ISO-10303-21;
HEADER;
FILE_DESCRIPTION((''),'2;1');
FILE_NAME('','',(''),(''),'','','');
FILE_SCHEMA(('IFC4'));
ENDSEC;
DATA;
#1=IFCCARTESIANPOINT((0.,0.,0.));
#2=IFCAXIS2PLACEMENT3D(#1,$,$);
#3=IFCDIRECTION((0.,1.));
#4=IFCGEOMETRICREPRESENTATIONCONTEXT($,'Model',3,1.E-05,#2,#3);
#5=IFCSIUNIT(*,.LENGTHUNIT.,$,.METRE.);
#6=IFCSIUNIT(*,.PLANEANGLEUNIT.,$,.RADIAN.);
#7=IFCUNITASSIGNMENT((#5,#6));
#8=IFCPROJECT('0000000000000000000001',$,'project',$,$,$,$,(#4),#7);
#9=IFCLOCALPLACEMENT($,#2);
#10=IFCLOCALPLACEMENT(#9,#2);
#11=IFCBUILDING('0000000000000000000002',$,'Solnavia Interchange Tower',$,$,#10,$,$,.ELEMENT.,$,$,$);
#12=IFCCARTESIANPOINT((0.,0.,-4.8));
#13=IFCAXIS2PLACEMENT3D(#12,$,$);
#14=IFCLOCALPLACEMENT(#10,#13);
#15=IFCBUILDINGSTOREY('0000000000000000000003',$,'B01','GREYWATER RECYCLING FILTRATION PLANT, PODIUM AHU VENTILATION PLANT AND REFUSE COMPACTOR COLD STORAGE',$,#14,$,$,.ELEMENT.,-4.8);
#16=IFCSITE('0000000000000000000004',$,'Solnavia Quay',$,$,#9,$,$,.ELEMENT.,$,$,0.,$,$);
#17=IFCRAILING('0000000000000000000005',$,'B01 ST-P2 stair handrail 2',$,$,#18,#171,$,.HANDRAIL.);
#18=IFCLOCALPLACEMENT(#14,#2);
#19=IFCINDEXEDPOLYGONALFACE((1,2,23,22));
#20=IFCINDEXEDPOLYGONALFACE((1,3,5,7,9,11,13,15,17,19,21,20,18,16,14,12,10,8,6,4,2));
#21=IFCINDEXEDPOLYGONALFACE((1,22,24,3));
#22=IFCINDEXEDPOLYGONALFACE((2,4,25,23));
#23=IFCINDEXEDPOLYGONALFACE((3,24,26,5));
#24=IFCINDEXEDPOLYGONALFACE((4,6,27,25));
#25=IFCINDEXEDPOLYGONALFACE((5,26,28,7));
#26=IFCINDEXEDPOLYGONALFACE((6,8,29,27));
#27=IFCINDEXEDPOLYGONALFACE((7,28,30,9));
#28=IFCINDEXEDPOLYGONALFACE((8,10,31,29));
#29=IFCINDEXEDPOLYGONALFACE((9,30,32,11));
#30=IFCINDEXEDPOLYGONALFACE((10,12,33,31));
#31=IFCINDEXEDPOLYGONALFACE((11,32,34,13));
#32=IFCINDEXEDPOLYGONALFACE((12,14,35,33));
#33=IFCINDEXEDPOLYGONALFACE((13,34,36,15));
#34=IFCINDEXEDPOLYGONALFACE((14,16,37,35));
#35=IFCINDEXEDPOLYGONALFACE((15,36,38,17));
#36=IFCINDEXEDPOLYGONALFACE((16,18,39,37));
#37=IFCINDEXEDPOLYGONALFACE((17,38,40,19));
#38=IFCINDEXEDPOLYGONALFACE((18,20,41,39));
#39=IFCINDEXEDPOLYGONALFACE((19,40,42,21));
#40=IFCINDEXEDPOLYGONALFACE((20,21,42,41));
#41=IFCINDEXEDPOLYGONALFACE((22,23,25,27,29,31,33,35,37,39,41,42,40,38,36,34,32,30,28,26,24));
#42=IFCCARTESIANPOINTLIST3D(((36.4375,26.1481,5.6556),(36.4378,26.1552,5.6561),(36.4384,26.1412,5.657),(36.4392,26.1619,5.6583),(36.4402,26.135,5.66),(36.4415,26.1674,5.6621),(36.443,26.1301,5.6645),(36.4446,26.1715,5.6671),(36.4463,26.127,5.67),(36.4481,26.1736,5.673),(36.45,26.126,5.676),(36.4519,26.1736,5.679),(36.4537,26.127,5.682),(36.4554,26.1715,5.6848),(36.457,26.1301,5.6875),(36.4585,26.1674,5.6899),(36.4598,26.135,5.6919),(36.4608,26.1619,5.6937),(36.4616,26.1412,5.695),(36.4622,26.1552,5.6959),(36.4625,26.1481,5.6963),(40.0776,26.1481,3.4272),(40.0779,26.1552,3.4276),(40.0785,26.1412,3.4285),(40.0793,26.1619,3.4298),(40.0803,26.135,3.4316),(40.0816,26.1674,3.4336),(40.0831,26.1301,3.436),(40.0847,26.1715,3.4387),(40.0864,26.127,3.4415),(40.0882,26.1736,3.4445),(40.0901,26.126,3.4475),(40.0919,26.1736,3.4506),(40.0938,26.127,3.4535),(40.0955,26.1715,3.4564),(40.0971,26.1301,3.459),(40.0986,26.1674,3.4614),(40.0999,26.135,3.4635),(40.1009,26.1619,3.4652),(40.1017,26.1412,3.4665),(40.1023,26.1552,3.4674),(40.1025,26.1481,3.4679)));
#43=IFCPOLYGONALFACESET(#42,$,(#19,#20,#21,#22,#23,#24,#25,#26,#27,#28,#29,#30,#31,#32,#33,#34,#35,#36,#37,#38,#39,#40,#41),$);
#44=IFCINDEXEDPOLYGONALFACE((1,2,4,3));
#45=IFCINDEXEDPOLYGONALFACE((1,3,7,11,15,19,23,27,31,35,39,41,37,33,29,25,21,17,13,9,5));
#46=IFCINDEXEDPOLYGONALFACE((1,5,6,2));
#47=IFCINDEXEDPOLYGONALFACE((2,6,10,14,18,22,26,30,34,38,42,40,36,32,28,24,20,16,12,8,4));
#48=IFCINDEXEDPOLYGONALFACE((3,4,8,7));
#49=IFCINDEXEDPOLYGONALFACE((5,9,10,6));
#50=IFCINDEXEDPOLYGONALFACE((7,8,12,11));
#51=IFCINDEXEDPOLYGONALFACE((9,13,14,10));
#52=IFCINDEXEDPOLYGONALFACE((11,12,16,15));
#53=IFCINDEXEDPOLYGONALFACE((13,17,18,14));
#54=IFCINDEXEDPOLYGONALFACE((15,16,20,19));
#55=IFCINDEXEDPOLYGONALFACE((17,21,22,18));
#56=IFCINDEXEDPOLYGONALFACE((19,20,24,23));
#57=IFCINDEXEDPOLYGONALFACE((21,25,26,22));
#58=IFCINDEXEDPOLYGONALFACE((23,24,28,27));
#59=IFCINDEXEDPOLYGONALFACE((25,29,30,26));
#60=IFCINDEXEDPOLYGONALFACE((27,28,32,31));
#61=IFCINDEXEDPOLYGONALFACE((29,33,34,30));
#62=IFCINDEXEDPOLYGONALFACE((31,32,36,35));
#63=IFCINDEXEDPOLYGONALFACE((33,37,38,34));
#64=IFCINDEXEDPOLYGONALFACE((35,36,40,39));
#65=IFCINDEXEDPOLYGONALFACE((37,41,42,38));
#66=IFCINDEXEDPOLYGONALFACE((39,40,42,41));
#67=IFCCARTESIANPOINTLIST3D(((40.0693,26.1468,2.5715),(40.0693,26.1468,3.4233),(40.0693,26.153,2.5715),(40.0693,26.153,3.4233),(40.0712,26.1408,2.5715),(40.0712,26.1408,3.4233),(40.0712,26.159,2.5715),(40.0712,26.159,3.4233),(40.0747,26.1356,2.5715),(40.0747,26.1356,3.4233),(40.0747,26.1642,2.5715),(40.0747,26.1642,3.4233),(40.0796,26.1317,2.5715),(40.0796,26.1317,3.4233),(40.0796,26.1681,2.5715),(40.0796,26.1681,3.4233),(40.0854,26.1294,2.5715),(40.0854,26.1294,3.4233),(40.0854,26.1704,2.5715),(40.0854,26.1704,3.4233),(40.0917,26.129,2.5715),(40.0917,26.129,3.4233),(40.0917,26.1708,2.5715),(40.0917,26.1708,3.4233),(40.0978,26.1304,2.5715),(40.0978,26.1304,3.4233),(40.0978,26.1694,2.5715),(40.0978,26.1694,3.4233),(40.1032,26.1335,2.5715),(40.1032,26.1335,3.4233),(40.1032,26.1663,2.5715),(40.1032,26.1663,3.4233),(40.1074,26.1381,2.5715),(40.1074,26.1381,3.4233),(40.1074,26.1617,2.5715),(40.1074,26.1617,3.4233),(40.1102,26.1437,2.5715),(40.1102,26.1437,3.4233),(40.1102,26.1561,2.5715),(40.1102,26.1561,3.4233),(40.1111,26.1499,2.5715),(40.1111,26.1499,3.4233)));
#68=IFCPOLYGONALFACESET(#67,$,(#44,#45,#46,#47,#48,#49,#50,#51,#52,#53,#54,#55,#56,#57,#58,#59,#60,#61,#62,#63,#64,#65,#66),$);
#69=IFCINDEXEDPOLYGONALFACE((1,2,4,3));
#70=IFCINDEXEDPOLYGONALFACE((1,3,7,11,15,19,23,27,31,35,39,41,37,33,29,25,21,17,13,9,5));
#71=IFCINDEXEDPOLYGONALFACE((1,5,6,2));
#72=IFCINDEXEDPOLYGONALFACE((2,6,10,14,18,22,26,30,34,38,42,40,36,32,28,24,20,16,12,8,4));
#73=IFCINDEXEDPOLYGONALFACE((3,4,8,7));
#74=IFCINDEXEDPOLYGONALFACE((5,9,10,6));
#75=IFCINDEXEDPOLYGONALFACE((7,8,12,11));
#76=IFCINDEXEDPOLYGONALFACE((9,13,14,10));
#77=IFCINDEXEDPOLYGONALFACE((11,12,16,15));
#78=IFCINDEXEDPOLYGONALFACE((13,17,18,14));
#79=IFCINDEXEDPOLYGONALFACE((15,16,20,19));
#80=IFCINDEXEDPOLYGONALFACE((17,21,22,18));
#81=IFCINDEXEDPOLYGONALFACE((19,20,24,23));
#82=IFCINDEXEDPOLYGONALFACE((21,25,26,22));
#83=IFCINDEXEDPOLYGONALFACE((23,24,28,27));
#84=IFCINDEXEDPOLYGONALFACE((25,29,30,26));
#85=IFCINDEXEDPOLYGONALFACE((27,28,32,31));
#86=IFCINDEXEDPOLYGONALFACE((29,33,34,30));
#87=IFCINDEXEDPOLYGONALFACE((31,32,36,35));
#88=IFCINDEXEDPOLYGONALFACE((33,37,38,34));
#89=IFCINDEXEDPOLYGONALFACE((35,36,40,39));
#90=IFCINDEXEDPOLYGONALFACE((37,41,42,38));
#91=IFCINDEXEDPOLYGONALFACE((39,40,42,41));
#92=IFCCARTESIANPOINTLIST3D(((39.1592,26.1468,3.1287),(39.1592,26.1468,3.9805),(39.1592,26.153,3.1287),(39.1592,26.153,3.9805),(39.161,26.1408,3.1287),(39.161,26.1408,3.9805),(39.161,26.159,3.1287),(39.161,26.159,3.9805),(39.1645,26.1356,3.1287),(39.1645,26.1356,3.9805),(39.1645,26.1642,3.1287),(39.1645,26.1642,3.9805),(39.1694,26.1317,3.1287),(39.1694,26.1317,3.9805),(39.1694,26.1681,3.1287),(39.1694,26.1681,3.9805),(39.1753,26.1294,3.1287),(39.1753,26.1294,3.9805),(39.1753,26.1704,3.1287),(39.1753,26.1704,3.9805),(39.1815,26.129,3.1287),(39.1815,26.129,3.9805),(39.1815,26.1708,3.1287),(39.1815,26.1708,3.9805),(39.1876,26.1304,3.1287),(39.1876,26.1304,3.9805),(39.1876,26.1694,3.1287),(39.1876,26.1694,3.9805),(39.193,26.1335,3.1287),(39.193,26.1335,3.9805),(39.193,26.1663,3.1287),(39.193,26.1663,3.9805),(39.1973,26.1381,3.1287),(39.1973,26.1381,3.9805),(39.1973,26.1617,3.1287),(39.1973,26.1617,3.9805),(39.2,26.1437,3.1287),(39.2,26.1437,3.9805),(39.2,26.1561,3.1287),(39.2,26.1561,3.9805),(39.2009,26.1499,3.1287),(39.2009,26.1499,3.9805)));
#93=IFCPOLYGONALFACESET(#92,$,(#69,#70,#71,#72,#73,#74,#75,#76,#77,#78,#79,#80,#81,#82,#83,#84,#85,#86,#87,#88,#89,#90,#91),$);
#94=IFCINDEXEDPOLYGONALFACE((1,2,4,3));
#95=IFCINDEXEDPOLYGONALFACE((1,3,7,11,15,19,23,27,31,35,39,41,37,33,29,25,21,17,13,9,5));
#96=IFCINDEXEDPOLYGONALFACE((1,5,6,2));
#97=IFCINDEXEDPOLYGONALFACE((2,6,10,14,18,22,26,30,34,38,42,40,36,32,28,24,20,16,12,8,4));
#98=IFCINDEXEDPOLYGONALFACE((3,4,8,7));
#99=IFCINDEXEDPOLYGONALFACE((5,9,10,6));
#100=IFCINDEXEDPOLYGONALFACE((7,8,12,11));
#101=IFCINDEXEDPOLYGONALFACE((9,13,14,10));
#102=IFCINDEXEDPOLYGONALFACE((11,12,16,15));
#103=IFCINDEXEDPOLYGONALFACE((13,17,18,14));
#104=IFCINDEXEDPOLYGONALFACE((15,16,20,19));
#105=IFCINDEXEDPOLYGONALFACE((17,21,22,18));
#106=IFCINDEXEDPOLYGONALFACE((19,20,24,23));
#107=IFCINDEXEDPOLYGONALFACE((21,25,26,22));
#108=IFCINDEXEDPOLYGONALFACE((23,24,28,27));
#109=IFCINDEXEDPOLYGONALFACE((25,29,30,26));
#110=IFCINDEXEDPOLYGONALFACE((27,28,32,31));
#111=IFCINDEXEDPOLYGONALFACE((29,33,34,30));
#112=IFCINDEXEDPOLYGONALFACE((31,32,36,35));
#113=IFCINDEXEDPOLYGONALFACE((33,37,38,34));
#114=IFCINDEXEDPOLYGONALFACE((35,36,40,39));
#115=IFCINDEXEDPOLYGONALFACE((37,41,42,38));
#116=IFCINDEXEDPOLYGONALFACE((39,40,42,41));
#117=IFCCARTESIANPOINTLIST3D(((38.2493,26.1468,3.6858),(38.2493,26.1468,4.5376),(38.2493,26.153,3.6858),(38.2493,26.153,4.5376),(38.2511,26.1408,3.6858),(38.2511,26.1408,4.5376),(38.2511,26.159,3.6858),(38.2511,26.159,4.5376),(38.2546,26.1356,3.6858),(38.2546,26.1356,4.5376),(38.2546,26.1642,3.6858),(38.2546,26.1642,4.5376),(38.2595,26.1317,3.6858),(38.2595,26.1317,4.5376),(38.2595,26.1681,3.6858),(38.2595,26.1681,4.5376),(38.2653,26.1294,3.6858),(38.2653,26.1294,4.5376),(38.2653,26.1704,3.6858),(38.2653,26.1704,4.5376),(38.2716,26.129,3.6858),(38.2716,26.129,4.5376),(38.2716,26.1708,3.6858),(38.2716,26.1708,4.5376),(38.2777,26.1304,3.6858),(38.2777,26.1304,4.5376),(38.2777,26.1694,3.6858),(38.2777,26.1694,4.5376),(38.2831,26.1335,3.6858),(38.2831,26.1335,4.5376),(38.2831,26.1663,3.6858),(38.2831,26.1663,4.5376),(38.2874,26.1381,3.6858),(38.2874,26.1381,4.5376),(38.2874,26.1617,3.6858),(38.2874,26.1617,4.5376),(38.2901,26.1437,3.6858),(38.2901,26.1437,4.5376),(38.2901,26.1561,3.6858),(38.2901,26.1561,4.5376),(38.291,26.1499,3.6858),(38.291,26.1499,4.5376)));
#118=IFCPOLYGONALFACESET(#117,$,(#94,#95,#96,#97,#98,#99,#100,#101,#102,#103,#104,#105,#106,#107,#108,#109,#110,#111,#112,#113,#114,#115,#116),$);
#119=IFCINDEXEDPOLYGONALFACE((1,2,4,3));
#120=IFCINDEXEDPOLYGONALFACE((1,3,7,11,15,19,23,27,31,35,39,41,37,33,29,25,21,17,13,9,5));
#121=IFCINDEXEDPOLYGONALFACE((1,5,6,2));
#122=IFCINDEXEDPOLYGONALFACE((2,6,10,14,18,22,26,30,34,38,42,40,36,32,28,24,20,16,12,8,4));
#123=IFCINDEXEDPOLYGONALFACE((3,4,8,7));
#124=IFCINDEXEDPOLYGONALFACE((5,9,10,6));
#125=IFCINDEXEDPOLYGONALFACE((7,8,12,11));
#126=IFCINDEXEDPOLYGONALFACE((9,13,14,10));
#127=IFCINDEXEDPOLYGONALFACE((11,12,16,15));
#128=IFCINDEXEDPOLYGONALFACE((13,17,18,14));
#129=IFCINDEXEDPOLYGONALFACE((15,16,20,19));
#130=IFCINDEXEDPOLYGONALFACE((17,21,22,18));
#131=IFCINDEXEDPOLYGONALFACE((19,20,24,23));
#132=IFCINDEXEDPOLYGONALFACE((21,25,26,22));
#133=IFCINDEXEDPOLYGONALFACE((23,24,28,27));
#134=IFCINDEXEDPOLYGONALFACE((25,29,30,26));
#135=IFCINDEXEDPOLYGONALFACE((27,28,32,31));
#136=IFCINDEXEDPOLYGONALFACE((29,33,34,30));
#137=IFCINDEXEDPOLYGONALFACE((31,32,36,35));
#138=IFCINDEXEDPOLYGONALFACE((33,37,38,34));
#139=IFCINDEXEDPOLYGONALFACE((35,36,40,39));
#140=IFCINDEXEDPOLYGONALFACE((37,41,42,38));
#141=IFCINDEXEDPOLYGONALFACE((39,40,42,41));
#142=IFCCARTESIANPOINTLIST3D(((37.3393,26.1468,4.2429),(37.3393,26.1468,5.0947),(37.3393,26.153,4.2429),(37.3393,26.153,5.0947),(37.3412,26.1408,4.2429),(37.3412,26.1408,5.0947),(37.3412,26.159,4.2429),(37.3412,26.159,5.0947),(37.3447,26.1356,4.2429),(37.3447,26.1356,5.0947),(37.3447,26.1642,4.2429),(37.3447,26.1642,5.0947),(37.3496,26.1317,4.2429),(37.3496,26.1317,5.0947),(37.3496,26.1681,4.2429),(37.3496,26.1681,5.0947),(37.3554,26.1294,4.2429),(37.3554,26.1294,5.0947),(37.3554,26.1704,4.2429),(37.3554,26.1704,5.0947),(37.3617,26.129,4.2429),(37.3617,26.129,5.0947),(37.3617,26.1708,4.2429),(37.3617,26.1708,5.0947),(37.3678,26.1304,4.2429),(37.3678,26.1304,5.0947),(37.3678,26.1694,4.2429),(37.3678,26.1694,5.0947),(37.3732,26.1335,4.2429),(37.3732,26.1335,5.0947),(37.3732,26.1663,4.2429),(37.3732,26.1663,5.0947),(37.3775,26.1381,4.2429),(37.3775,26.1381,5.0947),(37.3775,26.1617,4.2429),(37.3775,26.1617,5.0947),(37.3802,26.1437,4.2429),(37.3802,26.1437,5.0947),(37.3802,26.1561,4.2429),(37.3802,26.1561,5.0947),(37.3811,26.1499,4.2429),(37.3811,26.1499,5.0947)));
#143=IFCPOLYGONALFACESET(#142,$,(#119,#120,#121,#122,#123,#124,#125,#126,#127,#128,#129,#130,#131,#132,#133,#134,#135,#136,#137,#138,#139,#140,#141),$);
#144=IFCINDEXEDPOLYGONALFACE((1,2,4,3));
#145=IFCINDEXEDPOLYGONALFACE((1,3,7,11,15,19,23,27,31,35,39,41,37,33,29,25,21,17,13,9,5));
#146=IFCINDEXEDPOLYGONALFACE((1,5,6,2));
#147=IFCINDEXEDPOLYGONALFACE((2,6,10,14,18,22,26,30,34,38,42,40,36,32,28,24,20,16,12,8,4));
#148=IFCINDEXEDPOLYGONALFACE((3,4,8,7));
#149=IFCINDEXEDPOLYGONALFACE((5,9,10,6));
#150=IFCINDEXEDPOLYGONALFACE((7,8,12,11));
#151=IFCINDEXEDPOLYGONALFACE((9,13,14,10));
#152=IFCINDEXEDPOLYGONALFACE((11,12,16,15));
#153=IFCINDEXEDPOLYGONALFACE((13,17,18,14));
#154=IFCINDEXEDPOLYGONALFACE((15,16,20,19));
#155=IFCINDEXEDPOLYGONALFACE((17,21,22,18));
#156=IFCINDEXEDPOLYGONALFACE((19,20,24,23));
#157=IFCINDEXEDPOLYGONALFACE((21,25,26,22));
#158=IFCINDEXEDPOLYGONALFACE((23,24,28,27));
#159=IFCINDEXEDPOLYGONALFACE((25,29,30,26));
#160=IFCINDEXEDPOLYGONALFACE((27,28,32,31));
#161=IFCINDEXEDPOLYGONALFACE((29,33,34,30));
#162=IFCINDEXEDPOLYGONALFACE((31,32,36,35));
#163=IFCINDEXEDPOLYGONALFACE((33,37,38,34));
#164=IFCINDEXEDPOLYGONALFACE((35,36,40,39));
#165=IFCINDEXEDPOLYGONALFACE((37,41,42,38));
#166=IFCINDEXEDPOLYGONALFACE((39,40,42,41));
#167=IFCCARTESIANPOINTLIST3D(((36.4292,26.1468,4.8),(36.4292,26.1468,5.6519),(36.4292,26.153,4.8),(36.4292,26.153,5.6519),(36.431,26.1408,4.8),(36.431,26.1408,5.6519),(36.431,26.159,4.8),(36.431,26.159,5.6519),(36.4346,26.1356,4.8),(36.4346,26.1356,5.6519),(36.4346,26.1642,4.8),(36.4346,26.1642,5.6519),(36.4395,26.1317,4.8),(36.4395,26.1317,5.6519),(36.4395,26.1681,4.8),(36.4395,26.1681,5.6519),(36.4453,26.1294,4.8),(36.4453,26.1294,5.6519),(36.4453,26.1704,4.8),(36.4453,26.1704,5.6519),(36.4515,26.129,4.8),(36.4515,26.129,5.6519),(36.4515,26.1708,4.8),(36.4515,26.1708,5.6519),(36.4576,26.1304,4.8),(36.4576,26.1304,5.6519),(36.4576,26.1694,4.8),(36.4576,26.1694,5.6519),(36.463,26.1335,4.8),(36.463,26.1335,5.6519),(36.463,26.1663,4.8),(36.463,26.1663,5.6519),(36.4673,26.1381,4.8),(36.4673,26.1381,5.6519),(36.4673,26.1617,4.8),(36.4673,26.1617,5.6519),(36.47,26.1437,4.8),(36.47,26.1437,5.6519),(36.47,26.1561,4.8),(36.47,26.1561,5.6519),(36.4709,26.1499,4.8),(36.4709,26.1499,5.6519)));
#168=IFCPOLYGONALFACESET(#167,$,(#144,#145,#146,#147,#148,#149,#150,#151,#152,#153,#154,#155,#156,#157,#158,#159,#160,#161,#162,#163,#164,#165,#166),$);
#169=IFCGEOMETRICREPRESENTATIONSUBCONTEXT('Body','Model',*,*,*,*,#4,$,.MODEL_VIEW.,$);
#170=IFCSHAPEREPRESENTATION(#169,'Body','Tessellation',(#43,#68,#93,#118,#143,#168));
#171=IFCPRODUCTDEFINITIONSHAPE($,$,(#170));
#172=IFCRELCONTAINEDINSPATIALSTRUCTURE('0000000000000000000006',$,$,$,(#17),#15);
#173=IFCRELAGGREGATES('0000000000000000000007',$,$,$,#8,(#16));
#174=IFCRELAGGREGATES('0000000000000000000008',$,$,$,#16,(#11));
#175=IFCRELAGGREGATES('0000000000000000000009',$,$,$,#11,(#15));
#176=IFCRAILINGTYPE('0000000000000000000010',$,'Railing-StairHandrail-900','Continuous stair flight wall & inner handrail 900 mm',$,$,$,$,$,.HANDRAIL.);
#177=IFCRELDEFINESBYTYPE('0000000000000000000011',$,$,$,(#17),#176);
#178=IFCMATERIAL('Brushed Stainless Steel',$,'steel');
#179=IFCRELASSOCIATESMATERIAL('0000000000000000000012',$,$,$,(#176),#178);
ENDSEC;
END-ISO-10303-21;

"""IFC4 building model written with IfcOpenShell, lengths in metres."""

from ifc_helpers import new_model, si_unit, direction, frame, origin, origin_2d, place, context, subcontext, project, spatial, circle, extrude, material, type_object, element, save


model = new_model("IFC4")

# Units and contexts
model_context = context("Model", 3, precision=1e-05, world=origin(), true_north=direction((0.0, 1.0)))
body_context = subcontext(model_context, "Body", "Model", "MODEL_VIEW")
ifc_project = project(units=[si_unit("LENGTHUNIT", "METRE"), si_unit("PLANEANGLEUNIT", "RADIAN")], contexts=[model_context])

# Site, building, storey
site_placement = place(None, origin())
site = spatial("IfcSite", under=ifc_project, at=site_placement, Name="Solnavia Quay", CompositionType="ELEMENT", RefElevation=0.0)
building_placement = place(site_placement, origin())
building = spatial("IfcBuilding", under=site, at=building_placement, Name="Solnavia Interchange Tower", CompositionType="ELEMENT")
storey_placement = place(building_placement, frame((0.0, 0.0, -4.8)))
storey = spatial("IfcBuildingStorey", under=building, at=storey_placement, Name="B01", Description="GREYWATER RECYCLING FILTRATION PLANT, PODIUM AHU VENTILATION PLANT AND REFUSE COMPACTOR COLD STORAGE", CompositionType="ELEMENT", Elevation=-4.8)

# Railing
ifc_material_1 = material(Name="Brushed Stainless Steel", Category="steel")
railing_type_1 = type_object("IfcRailingType", Name="Railing-StairHandrail-900", Description="Continuous stair flight wall & inner handrail 900 mm", PredefinedType="HANDRAIL", material=ifc_material_1)
railing_1_placement = place(storey_placement, frame((40.0901, 26.1499, 2.5715)))
element("IfcRailing", 1, at=railing_1_placement, inside=storey, type_object=railing_type_1, Name="B01 ST-P2 stair handrail 2", PredefinedType="HANDRAIL", context=body_context, shape_type="SweptSolid", body=[
    extrude(circle(Radius=0.0239, at=origin_2d()), frame((0.0, 0.0, 0.876), z_axis=(-0.852866, 0.0, 0.52213), x_axis=(0.0, -1.0, 0.0)), (0.0, 0.0, 1.0), 4.2681),
    extrude(circle(Radius=0.021, at=origin_2d()), origin(), (0.0, 0.0, 1.0), 0.8518),
    extrude(circle(Radius=0.021, at=origin_2d()), frame((-0.9102, 0.0, 0.5571)), (0.0, 0.0, 1.0), 0.8518),
    extrude(circle(Radius=0.021, at=origin_2d()), frame((-1.8201, 0.0, 1.1143)), (0.0, 0.0, 1.0), 0.8518),
    extrude(circle(Radius=0.021, at=origin_2d()), frame((-2.73, 0.0, 1.6714)), (0.0, 0.0, 1.0), 0.8518),
    extrude(circle(Radius=0.021, at=origin_2d()), frame((-3.6401, 0.0, 2.2285)), (0.0, 0.0, 1.0), 0.8518),
])

save(model, "model.ifc")
